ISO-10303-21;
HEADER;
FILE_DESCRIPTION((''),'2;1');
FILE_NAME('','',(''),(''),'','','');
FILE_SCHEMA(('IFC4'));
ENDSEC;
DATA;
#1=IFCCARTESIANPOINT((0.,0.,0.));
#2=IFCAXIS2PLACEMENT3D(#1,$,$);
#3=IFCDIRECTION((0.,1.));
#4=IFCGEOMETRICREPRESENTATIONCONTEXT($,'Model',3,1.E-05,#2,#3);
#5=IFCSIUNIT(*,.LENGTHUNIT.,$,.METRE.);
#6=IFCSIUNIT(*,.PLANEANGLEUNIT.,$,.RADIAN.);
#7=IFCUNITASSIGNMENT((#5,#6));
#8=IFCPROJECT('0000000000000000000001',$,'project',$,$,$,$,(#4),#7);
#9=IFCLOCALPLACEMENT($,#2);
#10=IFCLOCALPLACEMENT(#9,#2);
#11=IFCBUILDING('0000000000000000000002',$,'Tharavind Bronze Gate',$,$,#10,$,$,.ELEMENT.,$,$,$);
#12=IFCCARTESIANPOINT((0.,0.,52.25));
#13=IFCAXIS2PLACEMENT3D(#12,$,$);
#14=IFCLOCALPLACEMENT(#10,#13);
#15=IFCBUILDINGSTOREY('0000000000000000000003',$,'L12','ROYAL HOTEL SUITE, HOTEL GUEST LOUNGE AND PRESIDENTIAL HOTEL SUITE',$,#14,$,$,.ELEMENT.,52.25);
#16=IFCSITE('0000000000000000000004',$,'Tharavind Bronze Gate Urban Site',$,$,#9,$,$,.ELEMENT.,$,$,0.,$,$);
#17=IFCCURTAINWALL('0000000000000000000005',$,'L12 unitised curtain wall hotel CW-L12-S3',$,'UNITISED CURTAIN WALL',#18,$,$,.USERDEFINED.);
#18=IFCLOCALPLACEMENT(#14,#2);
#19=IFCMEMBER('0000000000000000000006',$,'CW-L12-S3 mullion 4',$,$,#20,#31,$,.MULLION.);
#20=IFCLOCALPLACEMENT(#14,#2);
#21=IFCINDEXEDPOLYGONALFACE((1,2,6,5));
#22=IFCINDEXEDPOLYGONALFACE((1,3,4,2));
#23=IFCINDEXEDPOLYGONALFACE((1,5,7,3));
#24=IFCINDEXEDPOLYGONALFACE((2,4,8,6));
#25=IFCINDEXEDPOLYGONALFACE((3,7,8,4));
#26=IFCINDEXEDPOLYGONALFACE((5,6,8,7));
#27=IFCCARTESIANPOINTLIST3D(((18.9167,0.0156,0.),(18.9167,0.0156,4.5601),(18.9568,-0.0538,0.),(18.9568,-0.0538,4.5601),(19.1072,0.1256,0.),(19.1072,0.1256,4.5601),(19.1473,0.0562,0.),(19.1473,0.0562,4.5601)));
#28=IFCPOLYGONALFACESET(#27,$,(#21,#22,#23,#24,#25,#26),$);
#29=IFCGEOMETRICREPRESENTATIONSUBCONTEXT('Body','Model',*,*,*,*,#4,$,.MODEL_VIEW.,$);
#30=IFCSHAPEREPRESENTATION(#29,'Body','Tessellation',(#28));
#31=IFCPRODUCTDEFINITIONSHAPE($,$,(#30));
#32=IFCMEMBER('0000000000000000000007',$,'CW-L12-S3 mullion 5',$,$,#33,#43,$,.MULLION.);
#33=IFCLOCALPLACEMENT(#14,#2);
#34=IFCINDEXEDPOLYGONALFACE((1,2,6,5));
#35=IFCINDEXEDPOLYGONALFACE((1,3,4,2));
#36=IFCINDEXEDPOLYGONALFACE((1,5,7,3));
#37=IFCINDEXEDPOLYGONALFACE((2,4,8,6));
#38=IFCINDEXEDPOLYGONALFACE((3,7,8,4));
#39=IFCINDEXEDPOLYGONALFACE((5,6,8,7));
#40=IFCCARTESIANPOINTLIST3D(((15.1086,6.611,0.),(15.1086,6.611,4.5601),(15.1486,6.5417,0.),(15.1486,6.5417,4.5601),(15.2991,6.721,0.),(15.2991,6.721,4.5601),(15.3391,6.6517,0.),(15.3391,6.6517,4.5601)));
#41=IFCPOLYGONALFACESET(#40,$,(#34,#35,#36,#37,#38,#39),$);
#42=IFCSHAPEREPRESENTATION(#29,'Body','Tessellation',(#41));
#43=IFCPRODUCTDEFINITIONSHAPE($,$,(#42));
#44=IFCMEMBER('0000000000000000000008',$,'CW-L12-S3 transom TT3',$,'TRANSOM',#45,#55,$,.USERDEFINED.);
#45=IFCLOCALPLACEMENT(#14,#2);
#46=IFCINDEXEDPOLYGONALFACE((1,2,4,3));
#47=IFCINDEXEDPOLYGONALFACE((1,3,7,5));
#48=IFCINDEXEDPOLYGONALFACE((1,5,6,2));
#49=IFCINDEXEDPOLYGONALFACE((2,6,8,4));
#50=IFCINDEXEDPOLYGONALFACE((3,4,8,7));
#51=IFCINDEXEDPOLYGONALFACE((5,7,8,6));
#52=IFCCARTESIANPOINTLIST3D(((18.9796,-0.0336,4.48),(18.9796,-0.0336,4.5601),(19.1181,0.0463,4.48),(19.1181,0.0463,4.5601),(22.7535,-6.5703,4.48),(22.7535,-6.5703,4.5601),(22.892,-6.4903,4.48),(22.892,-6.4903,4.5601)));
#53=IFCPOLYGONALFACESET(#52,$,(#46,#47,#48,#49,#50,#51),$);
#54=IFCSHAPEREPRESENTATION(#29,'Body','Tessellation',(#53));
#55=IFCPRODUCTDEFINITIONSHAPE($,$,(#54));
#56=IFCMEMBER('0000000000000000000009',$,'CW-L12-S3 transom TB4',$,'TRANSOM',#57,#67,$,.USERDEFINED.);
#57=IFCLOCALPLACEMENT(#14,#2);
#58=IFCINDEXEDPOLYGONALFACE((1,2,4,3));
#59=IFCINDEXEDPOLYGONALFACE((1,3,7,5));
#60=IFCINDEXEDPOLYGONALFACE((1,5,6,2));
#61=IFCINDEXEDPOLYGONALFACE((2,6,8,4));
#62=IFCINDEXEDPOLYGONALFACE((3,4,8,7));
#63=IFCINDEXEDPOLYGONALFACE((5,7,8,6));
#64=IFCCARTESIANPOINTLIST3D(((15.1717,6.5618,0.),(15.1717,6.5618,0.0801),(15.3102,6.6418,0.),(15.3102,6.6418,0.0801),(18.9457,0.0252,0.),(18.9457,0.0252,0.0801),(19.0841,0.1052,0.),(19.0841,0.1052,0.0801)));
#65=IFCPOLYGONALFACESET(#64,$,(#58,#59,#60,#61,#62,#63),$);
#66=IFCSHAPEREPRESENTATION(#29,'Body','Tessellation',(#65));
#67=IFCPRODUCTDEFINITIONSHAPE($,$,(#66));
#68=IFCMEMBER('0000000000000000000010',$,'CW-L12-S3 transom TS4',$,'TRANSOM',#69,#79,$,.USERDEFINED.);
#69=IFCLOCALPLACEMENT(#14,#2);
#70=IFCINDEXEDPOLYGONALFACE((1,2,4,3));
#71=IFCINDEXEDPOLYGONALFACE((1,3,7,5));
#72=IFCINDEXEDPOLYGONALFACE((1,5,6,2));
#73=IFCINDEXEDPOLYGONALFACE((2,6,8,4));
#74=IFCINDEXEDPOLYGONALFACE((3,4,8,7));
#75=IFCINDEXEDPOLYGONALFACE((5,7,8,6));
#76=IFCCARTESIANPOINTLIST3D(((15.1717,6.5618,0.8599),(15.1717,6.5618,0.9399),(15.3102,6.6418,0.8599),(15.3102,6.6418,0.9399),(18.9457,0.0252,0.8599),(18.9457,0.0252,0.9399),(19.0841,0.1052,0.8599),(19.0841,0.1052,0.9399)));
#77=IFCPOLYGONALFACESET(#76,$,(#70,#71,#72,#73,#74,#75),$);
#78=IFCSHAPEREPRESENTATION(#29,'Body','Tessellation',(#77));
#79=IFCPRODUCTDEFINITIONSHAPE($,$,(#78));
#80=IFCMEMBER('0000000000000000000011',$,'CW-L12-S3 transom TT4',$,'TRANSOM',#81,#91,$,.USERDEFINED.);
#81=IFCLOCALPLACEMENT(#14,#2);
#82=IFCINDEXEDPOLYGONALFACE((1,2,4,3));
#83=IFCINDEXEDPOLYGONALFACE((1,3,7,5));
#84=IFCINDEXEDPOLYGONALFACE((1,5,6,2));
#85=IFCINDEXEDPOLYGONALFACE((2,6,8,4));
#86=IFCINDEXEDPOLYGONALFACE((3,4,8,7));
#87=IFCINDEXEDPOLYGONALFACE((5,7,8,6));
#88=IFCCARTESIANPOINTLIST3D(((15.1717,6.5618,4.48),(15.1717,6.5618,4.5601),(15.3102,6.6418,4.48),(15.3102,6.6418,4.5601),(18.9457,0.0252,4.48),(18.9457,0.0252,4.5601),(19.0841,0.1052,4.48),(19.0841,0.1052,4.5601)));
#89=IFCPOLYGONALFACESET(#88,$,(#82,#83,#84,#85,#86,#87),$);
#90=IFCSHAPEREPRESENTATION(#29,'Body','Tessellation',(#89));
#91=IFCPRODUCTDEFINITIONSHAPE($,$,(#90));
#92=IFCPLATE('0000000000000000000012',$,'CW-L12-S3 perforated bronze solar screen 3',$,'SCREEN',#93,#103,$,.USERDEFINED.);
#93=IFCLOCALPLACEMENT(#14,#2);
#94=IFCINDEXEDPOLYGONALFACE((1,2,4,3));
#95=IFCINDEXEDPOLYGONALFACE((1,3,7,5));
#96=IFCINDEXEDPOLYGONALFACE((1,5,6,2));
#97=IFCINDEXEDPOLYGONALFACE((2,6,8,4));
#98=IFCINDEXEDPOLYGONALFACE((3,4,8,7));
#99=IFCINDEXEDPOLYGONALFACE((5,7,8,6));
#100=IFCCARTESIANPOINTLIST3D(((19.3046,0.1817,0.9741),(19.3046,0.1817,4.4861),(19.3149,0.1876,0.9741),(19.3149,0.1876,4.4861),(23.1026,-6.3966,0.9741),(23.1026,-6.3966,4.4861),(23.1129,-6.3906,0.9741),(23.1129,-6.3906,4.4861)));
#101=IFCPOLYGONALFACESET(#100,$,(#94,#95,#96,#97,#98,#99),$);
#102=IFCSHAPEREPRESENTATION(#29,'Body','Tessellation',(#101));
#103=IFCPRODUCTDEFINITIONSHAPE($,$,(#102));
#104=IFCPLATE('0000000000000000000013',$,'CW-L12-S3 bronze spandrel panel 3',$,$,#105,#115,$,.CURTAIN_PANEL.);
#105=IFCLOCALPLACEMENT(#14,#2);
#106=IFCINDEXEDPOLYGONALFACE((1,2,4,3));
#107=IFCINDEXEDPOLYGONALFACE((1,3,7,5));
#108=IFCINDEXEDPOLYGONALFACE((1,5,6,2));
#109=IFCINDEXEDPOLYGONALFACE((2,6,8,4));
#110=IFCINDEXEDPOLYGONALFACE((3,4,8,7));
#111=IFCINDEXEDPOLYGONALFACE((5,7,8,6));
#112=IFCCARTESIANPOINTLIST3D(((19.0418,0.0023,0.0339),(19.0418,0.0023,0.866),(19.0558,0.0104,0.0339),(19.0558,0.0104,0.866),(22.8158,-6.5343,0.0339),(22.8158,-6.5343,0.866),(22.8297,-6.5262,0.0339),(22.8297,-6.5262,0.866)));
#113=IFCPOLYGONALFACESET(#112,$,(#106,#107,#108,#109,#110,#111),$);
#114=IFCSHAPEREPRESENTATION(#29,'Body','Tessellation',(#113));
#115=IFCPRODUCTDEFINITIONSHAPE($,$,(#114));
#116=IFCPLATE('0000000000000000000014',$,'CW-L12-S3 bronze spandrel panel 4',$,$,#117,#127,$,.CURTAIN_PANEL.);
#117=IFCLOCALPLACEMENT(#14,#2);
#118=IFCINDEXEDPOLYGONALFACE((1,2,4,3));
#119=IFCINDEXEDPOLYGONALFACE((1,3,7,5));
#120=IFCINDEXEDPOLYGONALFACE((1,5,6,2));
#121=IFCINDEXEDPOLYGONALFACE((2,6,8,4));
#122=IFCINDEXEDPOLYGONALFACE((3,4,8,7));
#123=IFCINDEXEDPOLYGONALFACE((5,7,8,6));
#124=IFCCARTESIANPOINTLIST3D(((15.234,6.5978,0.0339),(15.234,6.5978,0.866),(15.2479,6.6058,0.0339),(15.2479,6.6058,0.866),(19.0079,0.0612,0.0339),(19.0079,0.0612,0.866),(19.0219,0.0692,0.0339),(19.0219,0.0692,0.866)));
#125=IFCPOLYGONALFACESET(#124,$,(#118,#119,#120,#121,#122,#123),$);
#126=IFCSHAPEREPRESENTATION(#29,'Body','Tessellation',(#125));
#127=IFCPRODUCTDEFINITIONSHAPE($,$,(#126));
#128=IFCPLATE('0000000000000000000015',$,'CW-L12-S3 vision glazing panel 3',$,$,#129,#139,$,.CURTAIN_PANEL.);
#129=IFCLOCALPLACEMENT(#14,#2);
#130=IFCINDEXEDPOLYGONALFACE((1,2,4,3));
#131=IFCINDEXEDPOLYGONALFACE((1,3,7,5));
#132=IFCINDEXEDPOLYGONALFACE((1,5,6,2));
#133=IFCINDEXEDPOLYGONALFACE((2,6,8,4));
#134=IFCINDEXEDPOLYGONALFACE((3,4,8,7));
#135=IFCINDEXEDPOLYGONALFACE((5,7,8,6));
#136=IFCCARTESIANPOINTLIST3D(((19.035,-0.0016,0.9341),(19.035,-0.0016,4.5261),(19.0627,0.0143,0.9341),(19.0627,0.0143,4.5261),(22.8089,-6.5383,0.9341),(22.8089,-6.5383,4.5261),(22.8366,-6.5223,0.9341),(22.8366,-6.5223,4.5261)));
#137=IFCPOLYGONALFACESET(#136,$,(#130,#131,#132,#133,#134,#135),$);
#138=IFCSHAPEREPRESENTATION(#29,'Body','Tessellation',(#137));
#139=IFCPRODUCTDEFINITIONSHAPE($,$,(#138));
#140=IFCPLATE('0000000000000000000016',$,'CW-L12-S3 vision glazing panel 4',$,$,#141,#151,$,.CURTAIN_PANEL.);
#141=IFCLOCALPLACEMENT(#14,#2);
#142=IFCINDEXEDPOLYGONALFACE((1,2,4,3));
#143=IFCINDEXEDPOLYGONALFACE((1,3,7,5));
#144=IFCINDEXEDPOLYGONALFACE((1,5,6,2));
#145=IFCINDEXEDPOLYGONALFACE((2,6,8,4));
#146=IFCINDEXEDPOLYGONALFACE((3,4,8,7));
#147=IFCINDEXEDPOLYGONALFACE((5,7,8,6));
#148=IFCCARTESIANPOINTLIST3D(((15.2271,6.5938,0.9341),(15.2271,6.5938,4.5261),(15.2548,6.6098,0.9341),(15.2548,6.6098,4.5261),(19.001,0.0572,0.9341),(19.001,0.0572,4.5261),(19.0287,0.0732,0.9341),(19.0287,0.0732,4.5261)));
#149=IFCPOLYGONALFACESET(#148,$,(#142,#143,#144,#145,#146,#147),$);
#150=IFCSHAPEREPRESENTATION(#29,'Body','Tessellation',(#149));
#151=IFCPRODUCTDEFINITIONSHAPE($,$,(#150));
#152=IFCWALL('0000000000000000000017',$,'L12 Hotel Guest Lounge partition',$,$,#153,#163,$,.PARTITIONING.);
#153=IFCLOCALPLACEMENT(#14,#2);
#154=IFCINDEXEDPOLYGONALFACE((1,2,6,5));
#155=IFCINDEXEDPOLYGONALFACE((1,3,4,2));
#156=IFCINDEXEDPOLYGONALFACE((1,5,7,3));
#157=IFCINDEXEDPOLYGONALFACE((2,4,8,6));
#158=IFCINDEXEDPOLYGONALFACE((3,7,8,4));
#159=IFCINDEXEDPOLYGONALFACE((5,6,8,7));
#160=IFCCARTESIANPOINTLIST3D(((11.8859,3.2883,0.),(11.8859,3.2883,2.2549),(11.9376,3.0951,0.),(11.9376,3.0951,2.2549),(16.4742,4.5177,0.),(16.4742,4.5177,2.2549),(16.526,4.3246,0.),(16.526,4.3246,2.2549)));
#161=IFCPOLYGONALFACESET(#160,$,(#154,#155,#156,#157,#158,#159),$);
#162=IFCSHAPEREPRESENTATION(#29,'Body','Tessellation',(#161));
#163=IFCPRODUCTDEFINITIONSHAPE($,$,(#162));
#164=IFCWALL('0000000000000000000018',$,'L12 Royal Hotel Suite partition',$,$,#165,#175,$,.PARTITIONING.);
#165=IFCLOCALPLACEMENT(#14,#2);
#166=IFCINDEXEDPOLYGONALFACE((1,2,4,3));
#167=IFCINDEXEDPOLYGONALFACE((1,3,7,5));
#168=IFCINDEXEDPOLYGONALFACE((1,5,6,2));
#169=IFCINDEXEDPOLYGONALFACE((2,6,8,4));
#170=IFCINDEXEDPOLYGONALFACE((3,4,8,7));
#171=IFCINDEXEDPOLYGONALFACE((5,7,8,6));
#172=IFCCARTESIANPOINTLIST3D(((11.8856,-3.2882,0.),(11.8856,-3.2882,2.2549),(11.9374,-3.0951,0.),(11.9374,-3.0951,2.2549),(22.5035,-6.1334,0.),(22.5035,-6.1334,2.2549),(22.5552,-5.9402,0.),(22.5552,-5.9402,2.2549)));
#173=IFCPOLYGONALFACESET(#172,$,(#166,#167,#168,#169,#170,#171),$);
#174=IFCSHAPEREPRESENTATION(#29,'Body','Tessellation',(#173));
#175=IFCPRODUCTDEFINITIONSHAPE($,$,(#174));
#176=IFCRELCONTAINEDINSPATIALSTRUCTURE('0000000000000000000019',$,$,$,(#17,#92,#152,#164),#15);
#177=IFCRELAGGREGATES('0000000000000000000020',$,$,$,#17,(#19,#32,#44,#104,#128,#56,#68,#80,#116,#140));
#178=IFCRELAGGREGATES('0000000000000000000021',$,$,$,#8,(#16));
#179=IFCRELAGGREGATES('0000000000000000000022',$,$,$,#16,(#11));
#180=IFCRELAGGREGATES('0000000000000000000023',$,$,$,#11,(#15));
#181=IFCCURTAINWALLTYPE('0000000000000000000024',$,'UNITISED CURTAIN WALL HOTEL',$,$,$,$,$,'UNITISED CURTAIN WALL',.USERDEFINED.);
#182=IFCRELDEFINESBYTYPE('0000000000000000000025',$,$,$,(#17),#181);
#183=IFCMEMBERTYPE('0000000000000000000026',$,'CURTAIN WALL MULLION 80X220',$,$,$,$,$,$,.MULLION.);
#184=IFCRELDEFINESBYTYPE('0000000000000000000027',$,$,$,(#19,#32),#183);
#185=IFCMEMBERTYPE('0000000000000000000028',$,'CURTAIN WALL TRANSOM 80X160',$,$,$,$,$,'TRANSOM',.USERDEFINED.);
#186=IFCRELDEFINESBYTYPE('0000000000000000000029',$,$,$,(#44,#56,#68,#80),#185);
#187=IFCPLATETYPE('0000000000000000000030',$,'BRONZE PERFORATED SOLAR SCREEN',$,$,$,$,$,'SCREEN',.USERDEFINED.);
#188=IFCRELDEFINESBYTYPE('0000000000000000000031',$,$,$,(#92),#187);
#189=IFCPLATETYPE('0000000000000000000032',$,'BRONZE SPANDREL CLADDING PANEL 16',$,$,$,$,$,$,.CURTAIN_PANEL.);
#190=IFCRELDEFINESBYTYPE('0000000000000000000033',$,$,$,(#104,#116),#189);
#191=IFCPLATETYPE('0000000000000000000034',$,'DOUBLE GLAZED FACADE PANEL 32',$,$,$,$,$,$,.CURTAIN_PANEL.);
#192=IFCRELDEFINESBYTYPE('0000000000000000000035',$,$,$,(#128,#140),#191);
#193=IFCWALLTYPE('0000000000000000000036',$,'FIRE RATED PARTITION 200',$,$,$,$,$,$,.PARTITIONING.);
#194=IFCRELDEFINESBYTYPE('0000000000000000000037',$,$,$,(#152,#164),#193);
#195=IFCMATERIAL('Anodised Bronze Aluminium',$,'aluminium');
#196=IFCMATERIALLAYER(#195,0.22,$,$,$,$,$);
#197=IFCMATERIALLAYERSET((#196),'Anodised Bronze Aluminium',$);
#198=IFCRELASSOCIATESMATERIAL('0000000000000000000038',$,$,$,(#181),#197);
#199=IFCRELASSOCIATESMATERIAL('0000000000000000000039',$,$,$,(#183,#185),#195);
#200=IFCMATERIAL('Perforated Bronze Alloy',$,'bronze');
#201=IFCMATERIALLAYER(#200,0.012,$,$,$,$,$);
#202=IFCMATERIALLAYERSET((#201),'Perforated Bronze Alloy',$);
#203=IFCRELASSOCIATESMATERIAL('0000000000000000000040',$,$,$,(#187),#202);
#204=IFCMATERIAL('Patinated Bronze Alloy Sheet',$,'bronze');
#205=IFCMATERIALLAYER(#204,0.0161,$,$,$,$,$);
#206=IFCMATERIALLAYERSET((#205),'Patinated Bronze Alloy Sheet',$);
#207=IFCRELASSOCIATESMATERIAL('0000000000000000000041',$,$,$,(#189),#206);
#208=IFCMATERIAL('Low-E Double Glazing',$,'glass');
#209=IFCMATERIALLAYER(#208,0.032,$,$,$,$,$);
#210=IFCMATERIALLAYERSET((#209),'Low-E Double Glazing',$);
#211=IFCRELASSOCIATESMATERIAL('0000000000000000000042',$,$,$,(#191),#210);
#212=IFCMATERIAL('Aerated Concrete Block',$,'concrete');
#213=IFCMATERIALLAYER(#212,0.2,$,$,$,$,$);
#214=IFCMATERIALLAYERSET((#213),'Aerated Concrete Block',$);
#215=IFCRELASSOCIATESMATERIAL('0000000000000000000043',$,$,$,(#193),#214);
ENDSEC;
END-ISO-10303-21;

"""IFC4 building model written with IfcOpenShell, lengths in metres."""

from ifc_helpers import new_model, si_unit, direction, frame, frame_2d, origin, origin_2d, place, context, subcontext, project, spatial, rectangle, extrude, material, layer, layer_set, type_object, element, aggregate, save


model = new_model("IFC4")

# Units and contexts
model_context = context("Model", 3, precision=1e-05, world=origin(), true_north=direction((0.0, 1.0)))
body_context = subcontext(model_context, "Body", "Model", "MODEL_VIEW")
ifc_project = project(units=[si_unit("LENGTHUNIT", "METRE"), si_unit("PLANEANGLEUNIT", "RADIAN")], contexts=[model_context])

# Site, building, storey
site_placement = place(None, origin())
site = spatial("IfcSite", under=ifc_project, at=site_placement, Name="Tharavind Bronze Gate Urban Site", CompositionType="ELEMENT", RefElevation=0.0)
building_placement = place(site_placement, origin())
building = spatial("IfcBuilding", under=site, at=building_placement, Name="Tharavind Bronze Gate", CompositionType="ELEMENT")
storey_placement = place(building_placement, frame((0.0, 0.0, 52.25)))
storey = spatial("IfcBuildingStorey", under=building, at=storey_placement, Name="L12", Description="ROYAL HOTEL SUITE, HOTEL GUEST LOUNGE AND PRESIDENTIAL HOTEL SUITE", CompositionType="ELEMENT", Elevation=52.25)

# Curtain wall, members
ifc_material_1 = material(Name="Anodised Bronze Aluminium", Category="aluminium")
ifc_layer_1 = layer(ifc_material_1, 0.22)
ifc_layer_set_1 = layer_set([ifc_layer_1], Name="Anodised Bronze Aluminium")
curtain_wall_type = type_object("IfcCurtainWallType", Name="UNITISED CURTAIN WALL HOTEL", ElementType="UNITISED CURTAIN WALL", PredefinedType="USERDEFINED", material=ifc_layer_set_1)
curtain_wall_placement = place(storey_placement, origin())
curtain_wall = element("IfcCurtainWall", 1, at=curtain_wall_placement, inside=storey, type_object=curtain_wall_type, Name="L12 unitised curtain wall hotel CW-L12-S3", ObjectType="UNITISED CURTAIN WALL", PredefinedType="USERDEFINED")
member_type_1 = type_object("IfcMemberType", Name="CURTAIN WALL MULLION 80X220", PredefinedType="MULLION", material=ifc_material_1)
member_1_placement = place(storey_placement, frame((19.032, 0.0359, 0.0), z_axis=(0.0, 0.0, 1.0), x_axis=(-0.500002, 0.866025, 0.0)))
member_1 = element("IfcMember", 2, at=member_1_placement, type_object=member_type_1, Name="CW-L12-S3 mullion 4", PredefinedType="MULLION", context=body_context, shape_type="SweptSolid", body=[
    extrude(rectangle(XDim=0.0801, YDim=0.22, at=origin_2d()), origin(), (0.0, 0.0, 1.0), 4.5601),
])
member_2_placement = place(storey_placement, frame((15.2239, 6.6313, 0.0), z_axis=(0.0, 0.0, 1.0), x_axis=(-0.500002, 0.866025, 0.0)))
member_2 = element("IfcMember", 3, at=member_2_placement, type_object=member_type_1, Name="CW-L12-S3 mullion 5", PredefinedType="MULLION", context=body_context, shape_type="SweptSolid", body=[
    extrude(rectangle(XDim=0.0801, YDim=0.22, at=origin_2d()), origin(), (0.0, 0.0, 1.0), 4.5601),
])
member_type_2 = type_object("IfcMemberType", Name="CURTAIN WALL TRANSOM 80X160", ElementType="TRANSOM", PredefinedType="USERDEFINED", material=ifc_material_1)
member_3_placement = place(storey_placement, frame((20.9358, -3.262, 4.48), z_axis=(0.0, 0.0, 1.0), x_axis=(-0.500002, 0.866025, 0.0)))
member_3 = element("IfcMember", 4, at=member_3_placement, type_object=member_type_2, Name="CW-L12-S3 transom TT3", ObjectType="TRANSOM", PredefinedType="USERDEFINED", context=body_context, shape_type="SweptSolid", body=[
    extrude(rectangle(XDim=7.5479, YDim=0.1599, at=origin_2d()), origin(), (0.0, 0.0, 1.0), 0.0801),
])
member_4_placement = place(storey_placement, frame((17.1279, 3.3335, 0.0), z_axis=(0.0, 0.0, 1.0), x_axis=(-0.500002, 0.866025, 0.0)))
member_4 = element("IfcMember", 5, at=member_4_placement, type_object=member_type_2, Name="CW-L12-S3 transom TB4", ObjectType="TRANSOM", PredefinedType="USERDEFINED", context=body_context, shape_type="SweptSolid", body=[
    extrude(rectangle(XDim=7.5479, YDim=0.1599, at=origin_2d()), origin(), (0.0, 0.0, 1.0), 0.0801),
])
member_5_placement = place(storey_placement, frame((17.1279, 3.3335, 0.8599), z_axis=(0.0, 0.0, 1.0), x_axis=(-0.500002, 0.866025, 0.0)))
member_5 = element("IfcMember", 6, at=member_5_placement, type_object=member_type_2, Name="CW-L12-S3 transom TS4", ObjectType="TRANSOM", PredefinedType="USERDEFINED", context=body_context, shape_type="SweptSolid", body=[
    extrude(rectangle(XDim=7.5479, YDim=0.1599, at=origin_2d()), origin(), (0.0, 0.0, 1.0), 0.0801),
])
member_6_placement = place(storey_placement, frame((17.1279, 3.3335, 4.48), z_axis=(0.0, 0.0, 1.0), x_axis=(-0.500002, 0.866025, 0.0)))
member_6 = element("IfcMember", 7, at=member_6_placement, type_object=member_type_2, Name="CW-L12-S3 transom TT4", ObjectType="TRANSOM", PredefinedType="USERDEFINED", context=body_context, shape_type="SweptSolid", body=[
    extrude(rectangle(XDim=7.5479, YDim=0.1599, at=origin_2d()), origin(), (0.0, 0.0, 1.0), 0.0801),
])

# Plates
ifc_material_2 = material(Name="Perforated Bronze Alloy", Category="bronze")
ifc_layer_2 = layer(ifc_material_2, 0.012)
ifc_layer_set_2 = layer_set([ifc_layer_2], Name="Perforated Bronze Alloy")
plate_type_1 = type_object("IfcPlateType", Name="BRONZE PERFORATED SOLAR SCREEN", ElementType="SCREEN", PredefinedType="USERDEFINED", material=ifc_layer_set_2)
plate_1_placement = place(storey_placement, frame((21.2087, -3.1045, 0.9741), z_axis=(0.0, 0.0, 1.0), x_axis=(-0.500002, 0.866025, 0.0)))
element("IfcPlate", 8, at=plate_1_placement, inside=storey, type_object=plate_type_1, Name="CW-L12-S3 perforated bronze solar screen 3", ObjectType="SCREEN", PredefinedType="USERDEFINED", context=body_context, shape_type="SweptSolid", body=[
    extrude(rectangle(XDim=7.5959, YDim=0.012, at=origin_2d()), origin(), (0.0, 0.0, 1.0), 3.512),
])
ifc_material_3 = material(Name="Patinated Bronze Alloy Sheet", Category="bronze")
ifc_layer_3 = layer(ifc_material_3, 0.0161)
ifc_layer_set_3 = layer_set([ifc_layer_3], Name="Patinated Bronze Alloy Sheet")
plate_type_2 = type_object("IfcPlateType", Name="BRONZE SPANDREL CLADDING PANEL 16", PredefinedType="CURTAIN_PANEL", material=ifc_layer_set_3)
plate_2_placement = place(storey_placement, frame((20.9358, -3.262, 0.0339), z_axis=(0.0, 0.0, 1.0), x_axis=(-0.500002, 0.866025, 0.0)))
plate_2 = element("IfcPlate", 9, at=plate_2_placement, type_object=plate_type_2, Name="CW-L12-S3 bronze spandrel panel 3", PredefinedType="CURTAIN_PANEL", context=body_context, shape_type="SweptSolid", body=[
    extrude(rectangle(XDim=7.5479, YDim=0.0161, at=origin_2d()), origin(), (0.0, 0.0, 1.0), 0.832),
])
plate_3_placement = place(storey_placement, frame((17.1279, 3.3335, 0.0339), z_axis=(0.0, 0.0, 1.0), x_axis=(-0.500002, 0.866025, 0.0)))
plate_3 = element("IfcPlate", 10, at=plate_3_placement, type_object=plate_type_2, Name="CW-L12-S3 bronze spandrel panel 4", PredefinedType="CURTAIN_PANEL", context=body_context, shape_type="SweptSolid", body=[
    extrude(rectangle(XDim=7.5479, YDim=0.0161, at=origin_2d()), origin(), (0.0, 0.0, 1.0), 0.832),
])
ifc_material_4 = material(Name="Low-E Double Glazing", Category="glass")
ifc_layer_4 = layer(ifc_material_4, 0.032)
ifc_layer_set_4 = layer_set([ifc_layer_4], Name="Low-E Double Glazing")
plate_type_3 = type_object("IfcPlateType", Name="DOUBLE GLAZED FACADE PANEL 32", PredefinedType="CURTAIN_PANEL", material=ifc_layer_set_4)
plate_4_placement = place(storey_placement, frame((20.9358, -3.262, 0.9341), z_axis=(0.0, 0.0, 1.0), x_axis=(-0.500002, 0.866025, 0.0)))
plate_4 = element("IfcPlate", 11, at=plate_4_placement, type_object=plate_type_3, Name="CW-L12-S3 vision glazing panel 3", PredefinedType="CURTAIN_PANEL", context=body_context, shape_type="SweptSolid", body=[
    extrude(rectangle(XDim=7.5479, YDim=0.032, at=origin_2d()), origin(), (0.0, 0.0, 1.0), 3.592),
])
plate_5_placement = place(storey_placement, frame((17.1279, 3.3335, 0.9341), z_axis=(0.0, 0.0, 1.0), x_axis=(-0.500002, 0.866025, 0.0)))
plate_5 = element("IfcPlate", 12, at=plate_5_placement, type_object=plate_type_3, Name="CW-L12-S3 vision glazing panel 4", PredefinedType="CURTAIN_PANEL", context=body_context, shape_type="SweptSolid", body=[
    extrude(rectangle(XDim=7.5479, YDim=0.032, at=origin_2d()), origin(), (0.0, 0.0, 1.0), 3.592),
])
aggregate(curtain_wall, [member_1, member_2, member_3, plate_2, plate_4, member_4, member_5, member_6, plate_3, plate_5])

# Wall
ifc_material_5 = material(Name="Aerated Concrete Block", Category="concrete")
ifc_layer_5 = layer(ifc_material_5, 0.2)
ifc_layer_set_5 = layer_set([ifc_layer_5], Name="Aerated Concrete Block")
wall_type_1 = type_object("IfcWallType", Name="FIRE RATED PARTITION 200", PredefinedType="PARTITIONING", material=ifc_layer_set_5)
wall_1_placement = place(storey_placement, frame((16.5, 4.4211, 0.0), z_axis=(0.0, 0.0, 1.0), x_axis=(-0.965924, -0.258827, 0.0)))
element("IfcWall", 13, at=wall_1_placement, inside=storey, type_object=wall_type_1, Name="L12 Hotel Guest Lounge partition", PredefinedType="PARTITIONING", context=body_context, shape_type="SweptSolid", body=[
    extrude(rectangle(XDim=4.7502, YDim=0.2, at=frame_2d((2.375, 0.0))), origin(), (0.0, 0.0, 1.0), 2.2549),
])

# Wall
wall_2_placement = place(storey_placement, frame((11.9116, -3.1917, 0.0), z_axis=(0.0, 0.0, 1.0), x_axis=(0.965922, -0.258832, 0.0)))
element("IfcWall", 14, at=wall_2_placement, inside=storey, type_object=wall_type_1, Name="L12 Royal Hotel Suite partition", PredefinedType="PARTITIONING", context=body_context, shape_type="SweptSolid", body=[
    extrude(rectangle(XDim=10.9924, YDim=0.2, at=frame_2d((5.4961, 0.0))), origin(), (0.0, 0.0, 1.0), 2.2549),
])

save(model, "model.ifc")
